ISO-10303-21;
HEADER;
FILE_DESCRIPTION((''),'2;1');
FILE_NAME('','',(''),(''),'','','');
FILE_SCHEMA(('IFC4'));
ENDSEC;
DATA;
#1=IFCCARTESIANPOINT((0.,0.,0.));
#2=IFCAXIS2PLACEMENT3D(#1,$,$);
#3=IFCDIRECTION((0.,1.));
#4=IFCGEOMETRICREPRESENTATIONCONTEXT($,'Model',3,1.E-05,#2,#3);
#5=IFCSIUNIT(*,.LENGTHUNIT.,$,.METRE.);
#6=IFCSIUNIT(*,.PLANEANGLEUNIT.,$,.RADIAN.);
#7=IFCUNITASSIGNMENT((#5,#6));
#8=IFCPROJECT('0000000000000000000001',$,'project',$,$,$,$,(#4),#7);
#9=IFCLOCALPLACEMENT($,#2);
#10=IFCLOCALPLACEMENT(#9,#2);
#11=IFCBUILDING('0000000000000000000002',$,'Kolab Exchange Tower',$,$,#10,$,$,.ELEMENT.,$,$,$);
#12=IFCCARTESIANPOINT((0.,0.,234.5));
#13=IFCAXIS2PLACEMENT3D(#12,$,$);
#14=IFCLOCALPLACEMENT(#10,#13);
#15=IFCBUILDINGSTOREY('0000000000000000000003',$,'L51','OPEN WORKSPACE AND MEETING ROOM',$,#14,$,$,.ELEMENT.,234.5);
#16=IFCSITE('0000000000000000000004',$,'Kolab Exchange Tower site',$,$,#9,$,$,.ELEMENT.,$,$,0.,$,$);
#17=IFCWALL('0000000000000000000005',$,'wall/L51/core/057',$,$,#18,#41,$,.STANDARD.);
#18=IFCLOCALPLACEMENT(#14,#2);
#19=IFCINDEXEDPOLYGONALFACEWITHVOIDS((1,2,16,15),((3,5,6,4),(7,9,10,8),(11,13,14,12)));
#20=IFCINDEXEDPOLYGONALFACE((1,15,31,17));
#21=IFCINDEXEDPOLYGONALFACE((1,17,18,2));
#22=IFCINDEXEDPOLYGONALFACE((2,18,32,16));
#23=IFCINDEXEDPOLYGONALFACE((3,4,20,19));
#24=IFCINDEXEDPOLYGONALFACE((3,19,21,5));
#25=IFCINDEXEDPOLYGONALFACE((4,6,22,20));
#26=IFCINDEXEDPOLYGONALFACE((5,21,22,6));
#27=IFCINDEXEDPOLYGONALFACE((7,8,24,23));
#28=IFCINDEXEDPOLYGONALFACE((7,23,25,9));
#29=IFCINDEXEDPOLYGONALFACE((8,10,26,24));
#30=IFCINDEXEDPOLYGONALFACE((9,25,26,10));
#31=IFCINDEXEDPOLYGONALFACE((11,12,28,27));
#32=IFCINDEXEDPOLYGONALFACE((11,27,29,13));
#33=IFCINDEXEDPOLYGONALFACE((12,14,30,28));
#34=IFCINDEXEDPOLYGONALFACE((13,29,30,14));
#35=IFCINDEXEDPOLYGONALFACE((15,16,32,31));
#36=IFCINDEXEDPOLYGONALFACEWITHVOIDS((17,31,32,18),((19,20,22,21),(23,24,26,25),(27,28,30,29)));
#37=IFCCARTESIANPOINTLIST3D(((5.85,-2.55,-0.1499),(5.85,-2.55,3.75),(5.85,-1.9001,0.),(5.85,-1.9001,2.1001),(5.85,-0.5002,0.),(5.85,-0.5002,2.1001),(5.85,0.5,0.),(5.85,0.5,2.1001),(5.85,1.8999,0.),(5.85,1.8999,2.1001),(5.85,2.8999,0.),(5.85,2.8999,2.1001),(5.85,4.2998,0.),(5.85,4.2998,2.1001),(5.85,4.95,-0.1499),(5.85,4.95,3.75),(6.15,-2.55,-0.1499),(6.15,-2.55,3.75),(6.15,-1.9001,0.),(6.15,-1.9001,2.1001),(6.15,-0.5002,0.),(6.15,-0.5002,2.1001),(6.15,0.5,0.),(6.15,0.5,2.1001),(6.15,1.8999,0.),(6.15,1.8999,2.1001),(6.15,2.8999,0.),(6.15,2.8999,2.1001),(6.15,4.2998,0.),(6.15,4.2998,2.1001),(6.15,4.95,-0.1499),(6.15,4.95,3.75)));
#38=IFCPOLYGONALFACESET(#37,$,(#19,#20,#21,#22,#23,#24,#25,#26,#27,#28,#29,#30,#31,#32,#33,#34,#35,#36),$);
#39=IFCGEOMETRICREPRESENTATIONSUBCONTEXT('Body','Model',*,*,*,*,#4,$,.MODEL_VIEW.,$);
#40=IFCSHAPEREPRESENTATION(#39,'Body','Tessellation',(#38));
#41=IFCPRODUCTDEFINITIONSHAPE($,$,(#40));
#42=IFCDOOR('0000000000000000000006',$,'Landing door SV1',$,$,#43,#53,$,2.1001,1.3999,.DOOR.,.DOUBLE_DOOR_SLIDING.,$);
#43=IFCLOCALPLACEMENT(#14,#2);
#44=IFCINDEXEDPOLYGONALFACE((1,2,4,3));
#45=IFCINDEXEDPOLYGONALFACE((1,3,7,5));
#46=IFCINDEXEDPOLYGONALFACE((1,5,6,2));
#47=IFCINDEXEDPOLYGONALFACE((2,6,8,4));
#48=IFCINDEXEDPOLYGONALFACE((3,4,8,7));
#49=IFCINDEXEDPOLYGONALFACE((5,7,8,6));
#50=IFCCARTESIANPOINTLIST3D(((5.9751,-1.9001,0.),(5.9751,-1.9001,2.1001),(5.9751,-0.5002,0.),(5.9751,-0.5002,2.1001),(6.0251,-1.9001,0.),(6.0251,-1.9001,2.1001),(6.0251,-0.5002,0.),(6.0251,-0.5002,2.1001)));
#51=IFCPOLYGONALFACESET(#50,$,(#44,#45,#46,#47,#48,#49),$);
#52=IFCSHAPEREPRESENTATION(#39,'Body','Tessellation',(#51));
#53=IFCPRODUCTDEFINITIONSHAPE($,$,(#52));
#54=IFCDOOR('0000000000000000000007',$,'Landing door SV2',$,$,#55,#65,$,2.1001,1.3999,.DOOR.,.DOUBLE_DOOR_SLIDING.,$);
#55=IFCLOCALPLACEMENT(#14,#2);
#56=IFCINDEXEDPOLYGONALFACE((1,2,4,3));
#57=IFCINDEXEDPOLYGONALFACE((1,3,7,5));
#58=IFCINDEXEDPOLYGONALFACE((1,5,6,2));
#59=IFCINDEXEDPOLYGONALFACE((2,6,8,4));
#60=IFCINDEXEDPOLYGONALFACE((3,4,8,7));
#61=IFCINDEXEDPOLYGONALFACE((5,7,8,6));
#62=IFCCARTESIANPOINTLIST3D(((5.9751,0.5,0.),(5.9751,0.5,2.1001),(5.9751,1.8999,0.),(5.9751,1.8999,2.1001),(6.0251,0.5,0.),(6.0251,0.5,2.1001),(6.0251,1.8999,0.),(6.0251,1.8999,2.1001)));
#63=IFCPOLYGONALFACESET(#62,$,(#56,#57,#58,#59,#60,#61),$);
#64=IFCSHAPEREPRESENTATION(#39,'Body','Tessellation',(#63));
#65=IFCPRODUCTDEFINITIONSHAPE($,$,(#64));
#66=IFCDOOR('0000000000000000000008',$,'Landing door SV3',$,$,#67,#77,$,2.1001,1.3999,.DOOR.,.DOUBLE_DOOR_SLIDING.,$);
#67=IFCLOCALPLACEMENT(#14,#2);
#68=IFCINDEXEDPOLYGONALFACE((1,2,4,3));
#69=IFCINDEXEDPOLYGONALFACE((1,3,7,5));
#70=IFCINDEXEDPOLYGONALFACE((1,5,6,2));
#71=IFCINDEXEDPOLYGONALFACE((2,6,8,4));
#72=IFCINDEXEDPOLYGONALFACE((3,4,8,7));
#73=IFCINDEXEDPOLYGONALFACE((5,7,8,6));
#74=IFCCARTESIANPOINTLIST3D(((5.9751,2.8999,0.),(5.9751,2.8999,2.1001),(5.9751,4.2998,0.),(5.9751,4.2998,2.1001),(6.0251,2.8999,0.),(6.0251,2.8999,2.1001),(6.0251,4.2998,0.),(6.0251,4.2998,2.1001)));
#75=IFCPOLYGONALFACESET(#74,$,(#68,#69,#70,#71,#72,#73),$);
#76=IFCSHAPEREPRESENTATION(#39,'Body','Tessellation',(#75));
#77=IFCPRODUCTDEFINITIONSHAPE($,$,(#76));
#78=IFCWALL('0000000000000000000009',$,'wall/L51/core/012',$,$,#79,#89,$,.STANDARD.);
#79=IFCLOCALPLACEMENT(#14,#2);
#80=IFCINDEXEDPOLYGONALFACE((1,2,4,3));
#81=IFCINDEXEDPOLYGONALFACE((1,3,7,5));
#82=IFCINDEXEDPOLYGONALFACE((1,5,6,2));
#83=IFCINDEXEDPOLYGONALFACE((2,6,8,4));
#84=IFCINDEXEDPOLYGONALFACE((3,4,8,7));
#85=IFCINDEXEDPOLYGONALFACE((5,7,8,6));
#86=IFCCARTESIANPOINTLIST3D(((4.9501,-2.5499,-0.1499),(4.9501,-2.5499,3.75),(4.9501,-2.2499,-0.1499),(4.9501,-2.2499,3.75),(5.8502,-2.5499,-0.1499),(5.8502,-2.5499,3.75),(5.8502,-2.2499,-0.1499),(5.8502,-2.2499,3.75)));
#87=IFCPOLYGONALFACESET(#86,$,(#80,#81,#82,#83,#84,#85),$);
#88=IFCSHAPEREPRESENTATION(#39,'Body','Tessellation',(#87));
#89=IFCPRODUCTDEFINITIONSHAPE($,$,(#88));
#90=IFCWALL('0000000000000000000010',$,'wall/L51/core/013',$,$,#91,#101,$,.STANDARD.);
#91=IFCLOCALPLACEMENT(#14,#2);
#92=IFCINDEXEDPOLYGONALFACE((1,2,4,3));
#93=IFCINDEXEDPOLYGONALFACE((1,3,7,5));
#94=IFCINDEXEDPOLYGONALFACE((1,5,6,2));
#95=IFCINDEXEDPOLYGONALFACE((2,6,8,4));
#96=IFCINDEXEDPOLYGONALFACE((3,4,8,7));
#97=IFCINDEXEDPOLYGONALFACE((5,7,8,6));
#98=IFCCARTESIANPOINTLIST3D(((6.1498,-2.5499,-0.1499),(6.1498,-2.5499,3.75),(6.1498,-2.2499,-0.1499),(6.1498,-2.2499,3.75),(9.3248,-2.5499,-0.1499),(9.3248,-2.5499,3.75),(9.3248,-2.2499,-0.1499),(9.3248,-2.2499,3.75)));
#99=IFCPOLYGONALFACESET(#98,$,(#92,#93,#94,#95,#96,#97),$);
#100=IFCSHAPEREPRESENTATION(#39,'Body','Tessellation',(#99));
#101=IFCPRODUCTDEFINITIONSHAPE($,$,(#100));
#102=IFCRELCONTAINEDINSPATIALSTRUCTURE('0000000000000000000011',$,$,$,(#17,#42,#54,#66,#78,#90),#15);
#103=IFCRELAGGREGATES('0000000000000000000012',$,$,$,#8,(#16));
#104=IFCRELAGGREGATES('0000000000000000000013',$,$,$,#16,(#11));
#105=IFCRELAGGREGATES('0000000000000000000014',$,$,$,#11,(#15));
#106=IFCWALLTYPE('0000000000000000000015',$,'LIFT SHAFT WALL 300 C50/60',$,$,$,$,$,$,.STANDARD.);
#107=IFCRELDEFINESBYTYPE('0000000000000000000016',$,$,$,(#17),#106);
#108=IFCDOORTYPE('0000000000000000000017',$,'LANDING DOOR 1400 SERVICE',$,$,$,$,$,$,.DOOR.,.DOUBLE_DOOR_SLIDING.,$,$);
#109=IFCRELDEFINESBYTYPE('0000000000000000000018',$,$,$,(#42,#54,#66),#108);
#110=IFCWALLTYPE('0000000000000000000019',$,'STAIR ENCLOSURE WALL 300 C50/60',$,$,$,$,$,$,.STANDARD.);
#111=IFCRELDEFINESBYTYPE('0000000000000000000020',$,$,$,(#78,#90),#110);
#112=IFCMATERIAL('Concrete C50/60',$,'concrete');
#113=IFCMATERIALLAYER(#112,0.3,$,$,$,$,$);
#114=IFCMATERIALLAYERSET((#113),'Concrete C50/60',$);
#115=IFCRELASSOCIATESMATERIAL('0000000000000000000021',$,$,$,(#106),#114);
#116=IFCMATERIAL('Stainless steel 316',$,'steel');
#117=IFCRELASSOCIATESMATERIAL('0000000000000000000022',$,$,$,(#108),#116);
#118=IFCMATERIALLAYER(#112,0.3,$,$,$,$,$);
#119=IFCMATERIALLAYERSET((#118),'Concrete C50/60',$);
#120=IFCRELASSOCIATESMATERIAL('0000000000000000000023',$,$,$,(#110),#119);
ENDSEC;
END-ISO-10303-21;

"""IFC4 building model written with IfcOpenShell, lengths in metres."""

from ifc_helpers import new_model, si_unit, direction, frame, frame_2d, origin, place, context, subcontext, project, spatial, rectangle, extrude, material, layer, layer_set, type_object, element, fill, save


model = new_model("IFC4")

# Units and contexts
model_context = context("Model", 3, precision=1e-05, world=origin(), true_north=direction((0.0, 1.0)))
body_context = subcontext(model_context, "Body", "Model", "MODEL_VIEW")
ifc_project = project(units=[si_unit("LENGTHUNIT", "METRE"), si_unit("PLANEANGLEUNIT", "RADIAN")], contexts=[model_context])

# Site, building, storey
site_placement = place(None, origin())
site = spatial("IfcSite", under=ifc_project, at=site_placement, Name="Kolab Exchange Tower site", CompositionType="ELEMENT", RefElevation=0.0)
building_placement = place(site_placement, origin())
building = spatial("IfcBuilding", under=site, at=building_placement, Name="Kolab Exchange Tower", CompositionType="ELEMENT")
storey_placement = place(building_placement, frame((0.0, 0.0, 234.5)))
storey = spatial("IfcBuildingStorey", under=building, at=storey_placement, Name="L51", Description="OPEN WORKSPACE AND MEETING ROOM", CompositionType="ELEMENT", Elevation=234.5)

# Shared definitions
ifc_material_1 = material(Name="Concrete C50/60", Category="concrete")
ifc_layer_1 = layer(ifc_material_1, 0.3)
ifc_layer_set_1 = layer_set([ifc_layer_1], Name="Concrete C50/60")
wall_type_1 = type_object("IfcWallType", Name="LIFT SHAFT WALL 300 C50/60", PredefinedType="STANDARD", material=ifc_layer_set_1)
ifc_material_2 = material(Name="Stainless steel 316", Category="steel")

# Wall, openings, doors
wall_1_placement = place(storey_placement, frame((6.0, -2.55, -0.1499), z_axis=(0.0, 0.0, 1.0), x_axis=(0.0, 1.0, 0.0)))
wall_1 = element("IfcWall", 1, at=wall_1_placement, inside=storey, type_object=wall_type_1, Name="wall/L51/core/057", PredefinedType="STANDARD", context=body_context, shape_type="SweptSolid", body=[
    extrude(rectangle(XDim=7.5, YDim=0.3, at=frame_2d((3.75, 0.0))), origin(), (0.0, 0.0, 1.0), 3.8999),
])
opening_1_placement = place(wall_1_placement, frame((0.6499, 0.0, 0.1499)))
opening_1 = element("IfcOpeningElement", 2, at=opening_1_placement, cuts=wall_1, PredefinedType="OPENING", context=body_context, shape_type="SweptSolid", body=[
    extrude(rectangle(XDim=1.3999, YDim=2.1001, at=frame_2d((0.7, 1.05))), frame((0.0, 0.1602, 0.0), z_axis=(0.0, -1.0, 0.0), x_axis=(1.0, 0.0, 0.0)), (0.0, 0.0, 1.0), 0.3201),
])
opening_2_placement = place(wall_1_placement, frame((3.05, 0.0, 0.1499)))
opening_2 = element("IfcOpeningElement", 3, at=opening_2_placement, cuts=wall_1, PredefinedType="OPENING", context=body_context, shape_type="SweptSolid", body=[
    extrude(rectangle(XDim=1.3999, YDim=2.1001, at=frame_2d((0.7, 1.05))), frame((0.0, 0.1602, 0.0), z_axis=(0.0, -1.0, 0.0), x_axis=(1.0, 0.0, 0.0)), (0.0, 0.0, 1.0), 0.3201),
])
opening_3_placement = place(wall_1_placement, frame((5.45, 0.0, 0.1499)))
opening_3 = element("IfcOpeningElement", 4, at=opening_3_placement, cuts=wall_1, PredefinedType="OPENING", context=body_context, shape_type="SweptSolid", body=[
    extrude(rectangle(XDim=1.3999, YDim=2.1001, at=frame_2d((0.7, 1.05))), frame((0.0, 0.1602, 0.0), z_axis=(0.0, -1.0, 0.0), x_axis=(1.0, 0.0, 0.0)), (0.0, 0.0, 1.0), 0.3201),
])
door_type_1 = type_object("IfcDoorType", Name="LANDING DOOR 1400 SERVICE", OperationType="DOUBLE_DOOR_SLIDING", PredefinedType="DOOR", material=ifc_material_2)
door_1_placement = place(opening_1_placement, origin())
door_1 = element("IfcDoor", 5, at=door_1_placement, inside=storey, type_object=door_type_1, Name="Landing door SV1", OperationType="DOUBLE_DOOR_SLIDING", OverallHeight=2.1001, OverallWidth=1.3999, PredefinedType="DOOR", context=body_context, shape_type="SweptSolid", body=[
    extrude(rectangle(XDim=1.3999, YDim=2.1001, at=frame_2d((0.7, 1.05))), frame((0.0, 0.0249, 0.0), z_axis=(0.0, -1.0, 0.0), x_axis=(1.0, 0.0, 0.0)), (0.0, 0.0, 1.0), 0.05),
])
fill(opening_1, door_1)
door_2_placement = place(opening_2_placement, origin())
door_2 = element("IfcDoor", 6, at=door_2_placement, inside=storey, type_object=door_type_1, Name="Landing door SV2", OperationType="DOUBLE_DOOR_SLIDING", OverallHeight=2.1001, OverallWidth=1.3999, PredefinedType="DOOR", context=body_context, shape_type="SweptSolid", body=[
    extrude(rectangle(XDim=1.3999, YDim=2.1001, at=frame_2d((0.7, 1.05))), frame((0.0, 0.0249, 0.0), z_axis=(0.0, -1.0, 0.0), x_axis=(1.0, 0.0, 0.0)), (0.0, 0.0, 1.0), 0.05),
])
fill(opening_2, door_2)
door_3_placement = place(opening_3_placement, origin())
door_3 = element("IfcDoor", 7, at=door_3_placement, inside=storey, type_object=door_type_1, Name="Landing door SV3", OperationType="DOUBLE_DOOR_SLIDING", OverallHeight=2.1001, OverallWidth=1.3999, PredefinedType="DOOR", context=body_context, shape_type="SweptSolid", body=[
    extrude(rectangle(XDim=1.3999, YDim=2.1001, at=frame_2d((0.7, 1.05))), frame((0.0, 0.0249, 0.0), z_axis=(0.0, -1.0, 0.0), x_axis=(1.0, 0.0, 0.0)), (0.0, 0.0, 1.0), 0.05),
])
fill(opening_3, door_3)

# Walls
ifc_layer_2 = layer(ifc_material_1, 0.3)
ifc_layer_set_2 = layer_set([ifc_layer_2], Name="Concrete C50/60")
wall_type_2 = type_object("IfcWallType", Name="STAIR ENCLOSURE WALL 300 C50/60", PredefinedType="STANDARD", material=ifc_layer_set_2)
wall_2_placement = place(storey_placement, frame((4.95, -2.3999, -0.1499), z_axis=(0.0, 0.0, 1.0), x_axis=(1.0, 0.0, 0.0)))
element("IfcWall", 8, at=wall_2_placement, inside=storey, type_object=wall_type_2, Name="wall/L51/core/012", PredefinedType="STANDARD", context=body_context, shape_type="SweptSolid", body=[
    extrude(rectangle(XDim=0.9001, YDim=0.3, at=frame_2d((0.4502, 0.0))), origin(), (0.0, 0.0, 1.0), 3.8999),
])
wall_3_placement = place(storey_placement, frame((6.1499, -2.3999, -0.1499), z_axis=(0.0, 0.0, 1.0), x_axis=(1.0, 0.0, 0.0)))
element("IfcWall", 9, at=wall_3_placement, inside=storey, type_object=wall_type_2, Name="wall/L51/core/013", PredefinedType="STANDARD", context=body_context, shape_type="SweptSolid", body=[
    extrude(rectangle(XDim=3.175, YDim=0.3, at=frame_2d((1.5874, 0.0))), origin(), (0.0, 0.0, 1.0), 3.8999),
])

save(model, "model.ifc")
